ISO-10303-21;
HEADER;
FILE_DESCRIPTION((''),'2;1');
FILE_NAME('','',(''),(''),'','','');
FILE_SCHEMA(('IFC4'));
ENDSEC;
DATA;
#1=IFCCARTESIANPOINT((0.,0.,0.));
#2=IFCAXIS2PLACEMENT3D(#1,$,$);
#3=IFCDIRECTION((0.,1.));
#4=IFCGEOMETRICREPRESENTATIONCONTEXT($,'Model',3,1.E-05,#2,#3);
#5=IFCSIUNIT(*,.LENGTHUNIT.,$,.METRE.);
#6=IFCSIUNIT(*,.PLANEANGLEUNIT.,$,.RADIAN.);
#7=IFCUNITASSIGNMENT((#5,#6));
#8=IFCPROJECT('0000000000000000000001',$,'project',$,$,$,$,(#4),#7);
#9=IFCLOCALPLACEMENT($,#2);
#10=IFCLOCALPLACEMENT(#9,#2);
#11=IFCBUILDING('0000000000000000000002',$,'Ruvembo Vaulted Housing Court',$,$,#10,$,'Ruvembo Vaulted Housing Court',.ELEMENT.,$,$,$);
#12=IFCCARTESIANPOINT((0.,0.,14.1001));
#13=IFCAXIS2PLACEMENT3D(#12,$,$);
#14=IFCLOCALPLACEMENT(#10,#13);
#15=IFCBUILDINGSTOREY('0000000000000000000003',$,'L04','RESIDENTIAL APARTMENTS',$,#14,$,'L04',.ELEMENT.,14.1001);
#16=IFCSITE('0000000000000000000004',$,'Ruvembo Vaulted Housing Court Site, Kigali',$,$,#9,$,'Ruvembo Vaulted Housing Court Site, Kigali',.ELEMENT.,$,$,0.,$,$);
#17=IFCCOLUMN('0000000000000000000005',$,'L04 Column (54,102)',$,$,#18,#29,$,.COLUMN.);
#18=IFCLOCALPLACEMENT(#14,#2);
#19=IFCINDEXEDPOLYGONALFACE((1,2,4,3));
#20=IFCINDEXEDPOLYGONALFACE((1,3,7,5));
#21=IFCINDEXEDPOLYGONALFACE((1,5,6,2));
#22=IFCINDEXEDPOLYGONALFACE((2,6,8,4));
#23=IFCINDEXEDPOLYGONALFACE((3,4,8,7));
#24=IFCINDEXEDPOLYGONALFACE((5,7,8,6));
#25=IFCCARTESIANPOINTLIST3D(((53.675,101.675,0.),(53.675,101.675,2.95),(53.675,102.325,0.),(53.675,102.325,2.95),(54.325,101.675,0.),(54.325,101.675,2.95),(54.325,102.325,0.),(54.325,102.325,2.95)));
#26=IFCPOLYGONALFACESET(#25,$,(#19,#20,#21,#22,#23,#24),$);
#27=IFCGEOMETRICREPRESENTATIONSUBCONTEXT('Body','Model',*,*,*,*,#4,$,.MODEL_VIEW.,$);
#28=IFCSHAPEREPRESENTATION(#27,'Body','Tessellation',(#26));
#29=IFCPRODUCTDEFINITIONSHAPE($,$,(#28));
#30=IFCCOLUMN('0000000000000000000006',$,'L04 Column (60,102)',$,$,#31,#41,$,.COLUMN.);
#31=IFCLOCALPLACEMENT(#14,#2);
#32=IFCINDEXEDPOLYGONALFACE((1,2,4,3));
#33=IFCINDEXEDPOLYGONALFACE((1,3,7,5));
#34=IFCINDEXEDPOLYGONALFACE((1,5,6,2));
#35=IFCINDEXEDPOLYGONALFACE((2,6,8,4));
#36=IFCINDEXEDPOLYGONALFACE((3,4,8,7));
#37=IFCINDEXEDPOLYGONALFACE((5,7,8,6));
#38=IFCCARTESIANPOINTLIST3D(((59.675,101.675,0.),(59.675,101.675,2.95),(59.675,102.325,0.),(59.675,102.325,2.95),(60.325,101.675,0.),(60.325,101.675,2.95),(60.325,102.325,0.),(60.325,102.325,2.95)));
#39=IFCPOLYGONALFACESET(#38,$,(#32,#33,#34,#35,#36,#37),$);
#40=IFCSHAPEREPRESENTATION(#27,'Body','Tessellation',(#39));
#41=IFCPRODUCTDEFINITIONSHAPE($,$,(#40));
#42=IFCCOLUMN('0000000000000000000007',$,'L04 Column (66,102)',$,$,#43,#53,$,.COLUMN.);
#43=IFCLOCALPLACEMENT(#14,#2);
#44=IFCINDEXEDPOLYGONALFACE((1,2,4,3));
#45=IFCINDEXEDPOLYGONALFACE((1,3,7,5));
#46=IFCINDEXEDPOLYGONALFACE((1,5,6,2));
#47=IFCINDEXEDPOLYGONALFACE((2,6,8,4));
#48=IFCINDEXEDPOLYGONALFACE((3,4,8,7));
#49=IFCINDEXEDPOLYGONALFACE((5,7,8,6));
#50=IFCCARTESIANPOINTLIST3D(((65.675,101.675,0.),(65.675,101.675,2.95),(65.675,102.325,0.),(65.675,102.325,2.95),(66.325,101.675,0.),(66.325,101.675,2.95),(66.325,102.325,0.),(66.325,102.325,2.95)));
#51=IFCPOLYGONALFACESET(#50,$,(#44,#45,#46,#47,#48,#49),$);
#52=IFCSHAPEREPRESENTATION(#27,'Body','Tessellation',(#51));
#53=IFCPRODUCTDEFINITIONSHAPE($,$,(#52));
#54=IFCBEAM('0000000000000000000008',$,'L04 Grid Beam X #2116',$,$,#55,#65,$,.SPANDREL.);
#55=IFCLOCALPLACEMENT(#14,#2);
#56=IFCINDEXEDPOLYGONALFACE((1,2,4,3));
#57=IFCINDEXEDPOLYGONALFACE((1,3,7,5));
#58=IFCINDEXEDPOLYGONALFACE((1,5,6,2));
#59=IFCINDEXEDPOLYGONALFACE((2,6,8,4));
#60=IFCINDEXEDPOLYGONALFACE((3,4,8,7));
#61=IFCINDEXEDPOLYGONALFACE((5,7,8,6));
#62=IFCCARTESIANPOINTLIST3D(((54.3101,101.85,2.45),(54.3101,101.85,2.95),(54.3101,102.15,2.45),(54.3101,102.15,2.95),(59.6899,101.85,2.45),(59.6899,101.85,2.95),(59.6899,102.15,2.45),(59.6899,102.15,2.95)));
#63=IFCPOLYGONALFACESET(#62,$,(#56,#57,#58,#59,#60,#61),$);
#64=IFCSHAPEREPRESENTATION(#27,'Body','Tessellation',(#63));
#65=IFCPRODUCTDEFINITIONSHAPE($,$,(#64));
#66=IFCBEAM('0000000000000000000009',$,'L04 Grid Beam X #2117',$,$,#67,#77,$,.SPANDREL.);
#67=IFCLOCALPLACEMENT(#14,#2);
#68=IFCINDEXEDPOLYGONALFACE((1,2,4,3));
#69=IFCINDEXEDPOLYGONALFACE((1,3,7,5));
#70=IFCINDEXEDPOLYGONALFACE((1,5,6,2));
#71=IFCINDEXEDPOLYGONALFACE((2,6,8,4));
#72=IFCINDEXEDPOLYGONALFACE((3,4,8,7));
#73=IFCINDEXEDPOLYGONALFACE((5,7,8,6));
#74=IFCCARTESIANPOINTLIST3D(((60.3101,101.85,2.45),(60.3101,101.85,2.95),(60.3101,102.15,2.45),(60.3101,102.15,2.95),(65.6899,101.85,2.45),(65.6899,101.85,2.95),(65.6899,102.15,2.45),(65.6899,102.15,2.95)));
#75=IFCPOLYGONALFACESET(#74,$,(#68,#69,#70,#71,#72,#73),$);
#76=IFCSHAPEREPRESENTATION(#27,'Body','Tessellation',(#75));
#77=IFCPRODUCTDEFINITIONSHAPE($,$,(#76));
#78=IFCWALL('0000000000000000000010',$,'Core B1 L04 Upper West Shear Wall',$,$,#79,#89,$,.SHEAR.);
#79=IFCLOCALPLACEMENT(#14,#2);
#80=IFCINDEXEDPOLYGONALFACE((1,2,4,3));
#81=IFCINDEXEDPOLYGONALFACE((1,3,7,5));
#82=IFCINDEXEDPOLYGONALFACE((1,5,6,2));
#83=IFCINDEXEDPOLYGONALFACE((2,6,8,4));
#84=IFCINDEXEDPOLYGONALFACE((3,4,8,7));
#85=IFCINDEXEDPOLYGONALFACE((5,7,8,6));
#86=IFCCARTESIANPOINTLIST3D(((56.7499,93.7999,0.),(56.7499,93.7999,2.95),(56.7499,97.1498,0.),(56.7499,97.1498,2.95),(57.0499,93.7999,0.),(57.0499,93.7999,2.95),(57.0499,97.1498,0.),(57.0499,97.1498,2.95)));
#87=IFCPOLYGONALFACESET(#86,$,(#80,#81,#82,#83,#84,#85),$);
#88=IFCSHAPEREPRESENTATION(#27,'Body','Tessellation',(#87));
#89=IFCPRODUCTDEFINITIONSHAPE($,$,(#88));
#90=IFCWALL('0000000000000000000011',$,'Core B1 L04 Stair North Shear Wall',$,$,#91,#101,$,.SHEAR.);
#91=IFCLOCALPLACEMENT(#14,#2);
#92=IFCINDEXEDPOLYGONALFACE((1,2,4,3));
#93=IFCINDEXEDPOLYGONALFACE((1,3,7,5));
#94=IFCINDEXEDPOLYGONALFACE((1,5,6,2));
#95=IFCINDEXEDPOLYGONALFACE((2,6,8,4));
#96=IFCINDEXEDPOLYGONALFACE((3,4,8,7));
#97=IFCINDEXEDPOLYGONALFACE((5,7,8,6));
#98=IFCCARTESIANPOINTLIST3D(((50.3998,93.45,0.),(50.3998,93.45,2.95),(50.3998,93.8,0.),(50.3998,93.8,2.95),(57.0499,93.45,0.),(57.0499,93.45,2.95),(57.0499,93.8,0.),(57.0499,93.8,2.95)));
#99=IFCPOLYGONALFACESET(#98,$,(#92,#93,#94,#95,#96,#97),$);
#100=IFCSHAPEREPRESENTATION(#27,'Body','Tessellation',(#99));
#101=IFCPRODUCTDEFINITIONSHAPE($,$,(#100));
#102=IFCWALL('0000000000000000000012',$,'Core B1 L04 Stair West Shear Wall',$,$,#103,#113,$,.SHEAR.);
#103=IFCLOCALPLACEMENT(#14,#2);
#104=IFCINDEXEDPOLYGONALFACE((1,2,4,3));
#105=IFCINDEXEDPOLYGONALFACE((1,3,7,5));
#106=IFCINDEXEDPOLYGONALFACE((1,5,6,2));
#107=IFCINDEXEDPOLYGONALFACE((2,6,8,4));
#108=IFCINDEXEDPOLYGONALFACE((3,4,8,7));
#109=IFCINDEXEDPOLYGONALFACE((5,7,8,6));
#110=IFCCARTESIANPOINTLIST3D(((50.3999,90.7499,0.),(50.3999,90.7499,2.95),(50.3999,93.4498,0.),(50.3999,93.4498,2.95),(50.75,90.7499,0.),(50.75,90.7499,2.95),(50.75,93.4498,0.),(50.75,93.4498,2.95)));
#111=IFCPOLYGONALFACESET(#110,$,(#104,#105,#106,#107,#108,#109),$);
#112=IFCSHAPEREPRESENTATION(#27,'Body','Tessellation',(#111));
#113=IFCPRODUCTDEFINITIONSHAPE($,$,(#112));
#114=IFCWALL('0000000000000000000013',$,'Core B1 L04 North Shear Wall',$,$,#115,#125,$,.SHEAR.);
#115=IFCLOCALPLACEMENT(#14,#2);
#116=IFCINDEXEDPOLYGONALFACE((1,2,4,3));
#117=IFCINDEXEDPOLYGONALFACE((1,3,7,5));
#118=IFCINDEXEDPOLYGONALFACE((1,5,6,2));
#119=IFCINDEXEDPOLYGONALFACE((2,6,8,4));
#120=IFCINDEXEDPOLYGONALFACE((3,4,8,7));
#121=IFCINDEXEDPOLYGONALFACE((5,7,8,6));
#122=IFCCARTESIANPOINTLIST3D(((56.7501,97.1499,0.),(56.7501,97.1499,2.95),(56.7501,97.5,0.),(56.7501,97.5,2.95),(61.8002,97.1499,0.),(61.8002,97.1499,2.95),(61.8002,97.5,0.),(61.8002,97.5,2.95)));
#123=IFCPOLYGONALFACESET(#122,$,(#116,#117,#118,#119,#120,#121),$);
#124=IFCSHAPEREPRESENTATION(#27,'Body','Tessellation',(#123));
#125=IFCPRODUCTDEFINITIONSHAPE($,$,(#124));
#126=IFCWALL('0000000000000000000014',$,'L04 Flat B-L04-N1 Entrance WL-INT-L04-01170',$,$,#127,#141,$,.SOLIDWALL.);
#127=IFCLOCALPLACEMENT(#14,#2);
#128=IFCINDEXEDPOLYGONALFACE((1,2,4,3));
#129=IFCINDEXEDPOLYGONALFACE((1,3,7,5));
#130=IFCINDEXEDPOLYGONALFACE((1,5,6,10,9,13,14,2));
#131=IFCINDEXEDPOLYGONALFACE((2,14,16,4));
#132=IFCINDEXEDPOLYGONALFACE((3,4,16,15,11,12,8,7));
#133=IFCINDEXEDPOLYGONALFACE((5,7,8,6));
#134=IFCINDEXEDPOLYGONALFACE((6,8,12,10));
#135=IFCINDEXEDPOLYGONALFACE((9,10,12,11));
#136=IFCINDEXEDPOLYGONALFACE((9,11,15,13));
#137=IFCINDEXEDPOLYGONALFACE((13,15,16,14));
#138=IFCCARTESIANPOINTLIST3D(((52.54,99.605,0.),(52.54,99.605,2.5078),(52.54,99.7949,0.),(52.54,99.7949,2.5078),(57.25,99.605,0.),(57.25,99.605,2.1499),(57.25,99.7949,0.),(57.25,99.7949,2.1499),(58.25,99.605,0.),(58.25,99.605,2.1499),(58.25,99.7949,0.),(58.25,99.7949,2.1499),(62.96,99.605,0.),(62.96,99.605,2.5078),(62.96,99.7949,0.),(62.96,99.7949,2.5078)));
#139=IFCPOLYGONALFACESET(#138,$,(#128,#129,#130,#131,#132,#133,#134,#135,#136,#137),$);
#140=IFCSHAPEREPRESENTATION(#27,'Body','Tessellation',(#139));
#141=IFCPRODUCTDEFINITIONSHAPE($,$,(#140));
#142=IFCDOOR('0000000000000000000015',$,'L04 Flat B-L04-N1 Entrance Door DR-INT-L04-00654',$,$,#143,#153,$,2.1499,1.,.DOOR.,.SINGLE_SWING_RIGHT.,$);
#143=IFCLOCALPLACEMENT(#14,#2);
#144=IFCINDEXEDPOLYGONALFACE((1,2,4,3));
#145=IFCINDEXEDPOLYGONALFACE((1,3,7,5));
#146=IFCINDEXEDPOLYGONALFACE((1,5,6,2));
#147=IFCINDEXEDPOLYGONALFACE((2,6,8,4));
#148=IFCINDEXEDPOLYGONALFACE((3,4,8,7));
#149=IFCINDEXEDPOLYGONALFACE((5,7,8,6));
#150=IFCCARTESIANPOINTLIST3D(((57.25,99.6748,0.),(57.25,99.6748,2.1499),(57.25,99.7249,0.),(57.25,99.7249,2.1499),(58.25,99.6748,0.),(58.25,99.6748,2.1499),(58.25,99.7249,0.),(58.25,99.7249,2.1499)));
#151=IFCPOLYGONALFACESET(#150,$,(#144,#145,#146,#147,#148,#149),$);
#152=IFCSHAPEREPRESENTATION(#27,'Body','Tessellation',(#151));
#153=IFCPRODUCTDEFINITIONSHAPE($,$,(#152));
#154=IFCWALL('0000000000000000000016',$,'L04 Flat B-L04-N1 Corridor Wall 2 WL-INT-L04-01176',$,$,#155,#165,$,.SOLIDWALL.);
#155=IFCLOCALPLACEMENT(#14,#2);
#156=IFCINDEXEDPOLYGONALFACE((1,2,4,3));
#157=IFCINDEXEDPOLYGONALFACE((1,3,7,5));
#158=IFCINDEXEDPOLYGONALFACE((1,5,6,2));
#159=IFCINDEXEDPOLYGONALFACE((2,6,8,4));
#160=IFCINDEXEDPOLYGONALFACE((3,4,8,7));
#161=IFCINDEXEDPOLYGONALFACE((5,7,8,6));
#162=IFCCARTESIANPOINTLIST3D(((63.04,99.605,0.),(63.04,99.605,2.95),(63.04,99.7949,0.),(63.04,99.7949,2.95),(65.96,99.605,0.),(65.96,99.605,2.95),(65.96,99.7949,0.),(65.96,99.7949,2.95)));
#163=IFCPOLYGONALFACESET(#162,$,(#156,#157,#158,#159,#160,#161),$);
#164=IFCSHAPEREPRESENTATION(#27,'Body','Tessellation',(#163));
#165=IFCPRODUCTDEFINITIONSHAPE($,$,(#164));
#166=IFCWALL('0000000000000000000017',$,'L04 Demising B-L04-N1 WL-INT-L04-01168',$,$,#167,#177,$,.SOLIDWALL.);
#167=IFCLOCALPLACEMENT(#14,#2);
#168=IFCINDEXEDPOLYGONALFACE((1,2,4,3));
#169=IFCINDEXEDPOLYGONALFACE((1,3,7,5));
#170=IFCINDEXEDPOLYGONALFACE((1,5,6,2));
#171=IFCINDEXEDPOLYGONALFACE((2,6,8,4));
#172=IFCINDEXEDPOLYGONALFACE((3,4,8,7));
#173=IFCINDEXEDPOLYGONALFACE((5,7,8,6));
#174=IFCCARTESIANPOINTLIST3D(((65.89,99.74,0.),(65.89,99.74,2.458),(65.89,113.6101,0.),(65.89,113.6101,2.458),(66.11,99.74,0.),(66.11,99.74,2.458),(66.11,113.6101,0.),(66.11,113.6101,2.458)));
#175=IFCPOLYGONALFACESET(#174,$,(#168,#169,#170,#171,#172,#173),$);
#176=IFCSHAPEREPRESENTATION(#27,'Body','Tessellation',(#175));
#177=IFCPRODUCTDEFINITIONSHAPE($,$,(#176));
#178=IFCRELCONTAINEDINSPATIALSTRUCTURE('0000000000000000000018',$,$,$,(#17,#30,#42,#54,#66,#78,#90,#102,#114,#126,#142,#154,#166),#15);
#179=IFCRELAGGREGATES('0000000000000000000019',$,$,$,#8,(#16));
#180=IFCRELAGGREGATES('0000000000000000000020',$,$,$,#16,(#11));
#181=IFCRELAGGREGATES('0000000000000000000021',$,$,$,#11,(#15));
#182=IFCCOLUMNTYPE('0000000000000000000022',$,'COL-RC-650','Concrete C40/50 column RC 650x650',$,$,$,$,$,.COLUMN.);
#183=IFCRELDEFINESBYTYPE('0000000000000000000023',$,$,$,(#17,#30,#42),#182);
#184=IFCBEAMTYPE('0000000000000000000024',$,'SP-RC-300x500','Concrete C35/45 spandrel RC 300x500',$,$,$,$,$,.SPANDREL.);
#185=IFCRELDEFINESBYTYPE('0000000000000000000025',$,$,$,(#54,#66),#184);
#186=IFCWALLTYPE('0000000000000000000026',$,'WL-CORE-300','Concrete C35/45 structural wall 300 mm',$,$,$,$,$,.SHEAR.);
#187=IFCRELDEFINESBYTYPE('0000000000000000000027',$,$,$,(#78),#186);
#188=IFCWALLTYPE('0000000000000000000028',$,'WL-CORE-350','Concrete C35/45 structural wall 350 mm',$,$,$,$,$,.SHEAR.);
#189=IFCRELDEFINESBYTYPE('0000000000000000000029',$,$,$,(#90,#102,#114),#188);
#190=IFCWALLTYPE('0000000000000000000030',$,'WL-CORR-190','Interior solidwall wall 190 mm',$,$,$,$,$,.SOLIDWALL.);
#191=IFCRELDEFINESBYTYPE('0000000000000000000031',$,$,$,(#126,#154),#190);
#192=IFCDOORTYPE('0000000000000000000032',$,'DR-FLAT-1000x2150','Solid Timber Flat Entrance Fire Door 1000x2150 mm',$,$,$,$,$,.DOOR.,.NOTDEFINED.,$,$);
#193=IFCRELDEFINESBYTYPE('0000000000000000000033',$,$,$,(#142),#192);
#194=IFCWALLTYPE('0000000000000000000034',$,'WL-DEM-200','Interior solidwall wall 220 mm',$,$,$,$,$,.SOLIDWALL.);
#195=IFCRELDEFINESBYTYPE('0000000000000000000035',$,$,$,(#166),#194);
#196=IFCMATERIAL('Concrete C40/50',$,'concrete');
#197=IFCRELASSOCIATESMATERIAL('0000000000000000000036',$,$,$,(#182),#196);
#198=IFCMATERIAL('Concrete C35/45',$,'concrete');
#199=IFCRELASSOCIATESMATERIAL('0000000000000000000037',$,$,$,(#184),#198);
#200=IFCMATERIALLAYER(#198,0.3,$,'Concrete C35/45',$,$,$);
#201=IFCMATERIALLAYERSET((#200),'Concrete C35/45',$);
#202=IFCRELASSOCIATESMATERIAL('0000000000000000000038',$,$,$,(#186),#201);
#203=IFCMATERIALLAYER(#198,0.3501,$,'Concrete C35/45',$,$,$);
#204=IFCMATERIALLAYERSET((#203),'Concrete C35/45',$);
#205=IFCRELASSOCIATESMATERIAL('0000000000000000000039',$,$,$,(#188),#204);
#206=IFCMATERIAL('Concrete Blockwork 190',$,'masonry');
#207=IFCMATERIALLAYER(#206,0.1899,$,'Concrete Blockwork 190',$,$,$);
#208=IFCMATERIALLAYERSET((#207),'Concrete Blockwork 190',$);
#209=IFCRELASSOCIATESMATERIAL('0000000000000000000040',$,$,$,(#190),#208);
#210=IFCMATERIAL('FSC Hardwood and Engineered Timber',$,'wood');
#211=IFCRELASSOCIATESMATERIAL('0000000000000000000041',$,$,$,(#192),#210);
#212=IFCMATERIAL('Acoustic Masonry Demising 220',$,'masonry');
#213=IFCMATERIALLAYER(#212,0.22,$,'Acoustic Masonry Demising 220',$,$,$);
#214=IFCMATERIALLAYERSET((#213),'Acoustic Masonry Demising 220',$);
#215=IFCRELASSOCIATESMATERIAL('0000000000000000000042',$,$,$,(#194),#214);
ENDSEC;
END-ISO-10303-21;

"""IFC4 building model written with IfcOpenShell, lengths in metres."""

from ifc_helpers import new_model, si_unit, direction, frame, frame_2d, origin, origin_2d, place, context, subcontext, project, spatial, rectangle, extrude, material, layer, layer_set, material_profile, profile_set, type_object, element, fill, save


model = new_model("IFC4")

# Units and contexts
model_context = context("Model", 3, precision=1e-05, world=origin(), true_north=direction((0.0, 1.0)))
body_context = subcontext(model_context, "Body", "Model", "MODEL_VIEW")
ifc_project = project(units=[si_unit("LENGTHUNIT", "METRE"), si_unit("PLANEANGLEUNIT", "RADIAN")], contexts=[model_context])

# Site, building, storey
site_placement = place(None, origin())
site = spatial("IfcSite", under=ifc_project, at=site_placement, Name="Ruvembo Vaulted Housing Court Site, Kigali", LongName="Ruvembo Vaulted Housing Court Site, Kigali", CompositionType="ELEMENT", RefElevation=0.0)
building_placement = place(site_placement, origin())
building = spatial("IfcBuilding", under=site, at=building_placement, Name="Ruvembo Vaulted Housing Court", LongName="Ruvembo Vaulted Housing Court", CompositionType="ELEMENT")
storey_placement = place(building_placement, frame((0.0, 0.0, 14.1001)))
storey = spatial("IfcBuildingStorey", under=building, at=storey_placement, Name="L04", Description="RESIDENTIAL APARTMENTS", LongName="L04", CompositionType="ELEMENT", Elevation=14.1001)

# Columns
ifc_material_1 = material(Name="Concrete C40/50", Category="concrete")
ifc_material_profile_1 = material_profile(ifc_material_1, rectangle(XDim=0.6499, YDim=0.6499, at=origin_2d()), Name="RC 650x650")
ifc_profile_set_1 = profile_set([ifc_material_profile_1], Name="Concrete C40/50")
column_type = type_object("IfcColumnType", Name="COL-RC-650", Description="Concrete C40/50 column RC 650x650", PredefinedType="COLUMN", material=ifc_profile_set_1)
for number, where, z_axis, x_axis, name in (
    (1, (54.0, 102.0, 0.0), (0.0, 0.0, 1.0), (1.0, 0.0, 0.0), "L04 Column (54,102)"),
    (2, (60.0, 102.0, 0.0), (0.0, 0.0, 1.0), (1.0, 0.0, 0.0), "L04 Column (60,102)"),
    (3, (66.0, 102.0, 0.0), (0.0, 0.0, 1.0), (1.0, 0.0, 0.0), "L04 Column (66,102)"),
):
    element("IfcColumn", number, at=place(storey_placement, frame(where, z_axis=z_axis, x_axis=x_axis)), inside=storey, type_object=column_type, Name=name, PredefinedType="COLUMN", context=body_context, shape_type="SweptSolid", body=[
        extrude(rectangle(XDim=0.6499, YDim=0.6499, at=origin_2d()), origin(), (0.0, 0.0, 1.0), 2.95),
    ])

# Beams
ifc_material_2 = material(Name="Concrete C35/45", Category="concrete")
ifc_material_profile_2 = material_profile(ifc_material_2, rectangle(XDim=0.3, YDim=0.5, at=origin_2d()), Name="RC 300x500")
ifc_profile_set_2 = profile_set([ifc_material_profile_2], Name="Concrete C35/45")
beam_type = type_object("IfcBeamType", Name="SP-RC-300x500", Description="Concrete C35/45 spandrel RC 300x500", PredefinedType="SPANDREL", material=ifc_profile_set_2)
for number, where, z_axis, x_axis, name in (
    (4, (54.3101, 102.0, 2.7), (1.0, 0.0, 0.0), (0.0, 1.0, 0.0), "L04 Grid Beam X #2116"),
    (5, (60.3101, 102.0, 2.7), (1.0, 0.0, 0.0), (0.0, 1.0, 0.0), "L04 Grid Beam X #2117"),
):
    element("IfcBeam", number, at=place(storey_placement, frame(where, z_axis=z_axis, x_axis=x_axis)), inside=storey, type_object=beam_type, Name=name, PredefinedType="SPANDREL", context=body_context, shape_type="SweptSolid", body=[
        extrude(rectangle(XDim=0.3, YDim=0.5, at=origin_2d()), origin(), (0.0, 0.0, 1.0), 5.3799),
    ])

# Walls
ifc_layer_1 = layer(ifc_material_2, 0.3, Name="Concrete C35/45")
ifc_layer_set_1 = layer_set([ifc_layer_1], Name="Concrete C35/45")
wall_type_1 = type_object("IfcWallType", Name="WL-CORE-300", Description="Concrete C35/45 structural wall 300 mm", PredefinedType="SHEAR", material=ifc_layer_set_1)
wall_1_placement = place(storey_placement, frame((56.8999, 93.8, 0.0), z_axis=(0.0, 0.0, 1.0), x_axis=(0.0, 1.0, 0.0)))
element("IfcWall", 6, at=wall_1_placement, inside=storey, type_object=wall_type_1, Name="Core B1 L04 Upper West Shear Wall", PredefinedType="SHEAR", context=body_context, shape_type="SweptSolid", body=[
    extrude(rectangle(XDim=3.3499, YDim=0.3, at=frame_2d((1.6748, 0.0))), origin(), (0.0, 0.0, 1.0), 2.95),
])
ifc_layer_2 = layer(ifc_material_2, 0.3501, Name="Concrete C35/45")
ifc_layer_set_2 = layer_set([ifc_layer_2], Name="Concrete C35/45")
wall_type_2 = type_object("IfcWallType", Name="WL-CORE-350", Description="Concrete C35/45 structural wall 350 mm", PredefinedType="SHEAR", material=ifc_layer_set_2)
wall_2_placement = place(storey_placement, frame((57.05, 93.625, 0.0), z_axis=(0.0, 0.0, 1.0), x_axis=(-1.0, 0.0, 0.0)))
element("IfcWall", 7, at=wall_2_placement, inside=storey, type_object=wall_type_2, Name="Core B1 L04 Stair North Shear Wall", PredefinedType="SHEAR", context=body_context, shape_type="SweptSolid", body=[
    extrude(rectangle(XDim=6.6501, YDim=0.3501, at=frame_2d((3.3252, 0.0))), origin(), (0.0, 0.0, 1.0), 2.95),
])
wall_3_placement = place(storey_placement, frame((50.575, 93.45, 0.0), z_axis=(0.0, 0.0, 1.0), x_axis=(0.0, -1.0, 0.0)))
element("IfcWall", 8, at=wall_3_placement, inside=storey, type_object=wall_type_2, Name="Core B1 L04 Stair West Shear Wall", PredefinedType="SHEAR", context=body_context, shape_type="SweptSolid", body=[
    extrude(rectangle(XDim=2.7, YDim=0.3501, at=frame_2d((1.3501, 0.0))), origin(), (0.0, 0.0, 1.0), 2.95),
])
wall_4_placement = place(storey_placement, frame((61.8, 97.325, 0.0), z_axis=(0.0, 0.0, 1.0), x_axis=(-1.0, 0.0, 0.0)))
element("IfcWall", 9, at=wall_4_placement, inside=storey, type_object=wall_type_2, Name="Core B1 L04 North Shear Wall", PredefinedType="SHEAR", context=body_context, shape_type="SweptSolid", body=[
    extrude(rectangle(XDim=5.05, YDim=0.3501, at=frame_2d((2.5249, 0.0))), origin(), (0.0, 0.0, 1.0), 2.95),
])

# Wall, opening, door
ifc_material_3 = material(Name="Concrete Blockwork 190", Category="masonry")
ifc_layer_3 = layer(ifc_material_3, 0.1899, Name="Concrete Blockwork 190")
ifc_layer_set_3 = layer_set([ifc_layer_3], Name="Concrete Blockwork 190")
wall_type_3 = type_object("IfcWallType", Name="WL-CORR-190", Description="Interior solidwall wall 190 mm", PredefinedType="SOLIDWALL", material=ifc_layer_set_3)
wall_5_placement = place(storey_placement, frame((52.54, 99.7, 0.0), z_axis=(0.0, 0.0, 1.0), x_axis=(1.0, 0.0, 0.0)))
wall_5 = element("IfcWall", 10, at=wall_5_placement, inside=storey, type_object=wall_type_3, Name="L04 Flat B-L04-N1 Entrance WL-INT-L04-01170", PredefinedType="SOLIDWALL", context=body_context, shape_type="SweptSolid", body=[
    extrude(rectangle(XDim=10.4199, YDim=0.1899, at=frame_2d((5.21, 0.0))), origin(), (0.0, 0.0, 1.0), 2.5078),
])
opening_1_placement = place(wall_5_placement, frame((4.71, 0.0, 0.0)))
opening_1 = element("IfcOpeningElement", 11, at=opening_1_placement, cuts=wall_5, PredefinedType="OPENING", context=body_context, shape_type="SweptSolid", body=[
    extrude(rectangle(XDim=1.0, YDim=2.1499, at=frame_2d((0.5, 1.075))), frame((0.0, 0.105, 0.0), z_axis=(0.0, -1.0, 0.0), x_axis=(1.0, 0.0, 0.0)), (0.0, 0.0, 1.0), 0.21),
])
ifc_material_4 = material(Name="FSC Hardwood and Engineered Timber", Category="wood")
door_type_1 = type_object("IfcDoorType", Name="DR-FLAT-1000x2150", Description="Solid Timber Flat Entrance Fire Door 1000x2150 mm", OperationType="NOTDEFINED", PredefinedType="DOOR", material=ifc_material_4)
door_1_placement = place(opening_1_placement, origin())
door_1 = element("IfcDoor", 12, at=door_1_placement, inside=storey, type_object=door_type_1, Name="L04 Flat B-L04-N1 Entrance Door DR-INT-L04-00654", OperationType="SINGLE_SWING_RIGHT", OverallHeight=2.1499, OverallWidth=1.0, PredefinedType="DOOR", context=body_context, shape_type="SweptSolid", body=[
    extrude(rectangle(XDim=1.0, YDim=2.1499, at=frame_2d((0.5, 1.075))), frame((0.0, 0.0249, 0.0), z_axis=(0.0, -1.0, 0.0), x_axis=(1.0, 0.0, 0.0)), (0.0, 0.0, 1.0), 0.05),
])
fill(opening_1, door_1)

# Walls
wall_6_placement = place(storey_placement, frame((63.04, 99.7, 0.0), z_axis=(0.0, 0.0, 1.0), x_axis=(1.0, 0.0, 0.0)))
element("IfcWall", 13, at=wall_6_placement, inside=storey, type_object=wall_type_3, Name="L04 Flat B-L04-N1 Corridor Wall 2 WL-INT-L04-01176", PredefinedType="SOLIDWALL", context=body_context, shape_type="SweptSolid", body=[
    extrude(rectangle(XDim=2.9199, YDim=0.1899, at=frame_2d((1.46, 0.0))), origin(), (0.0, 0.0, 1.0), 2.95),
])
ifc_material_5 = material(Name="Acoustic Masonry Demising 220", Category="masonry")
ifc_layer_4 = layer(ifc_material_5, 0.22, Name="Acoustic Masonry Demising 220")
ifc_layer_set_4 = layer_set([ifc_layer_4], Name="Acoustic Masonry Demising 220")
wall_type_4 = type_object("IfcWallType", Name="WL-DEM-200", Description="Interior solidwall wall 220 mm", PredefinedType="SOLIDWALL", material=ifc_layer_set_4)
wall_7_placement = place(storey_placement, frame((66.0, 99.74, 0.0), z_axis=(0.0, 0.0, 1.0), x_axis=(0.0, 1.0, 0.0)))
element("IfcWall", 14, at=wall_7_placement, inside=storey, type_object=wall_type_4, Name="L04 Demising B-L04-N1 WL-INT-L04-01168", PredefinedType="SOLIDWALL", context=body_context, shape_type="SweptSolid", body=[
    extrude(rectangle(XDim=13.8701, YDim=0.22, at=frame_2d((6.9351, 0.0))), origin(), (0.0, 0.0, 1.0), 2.458),
])

save(model, "model.ifc")
